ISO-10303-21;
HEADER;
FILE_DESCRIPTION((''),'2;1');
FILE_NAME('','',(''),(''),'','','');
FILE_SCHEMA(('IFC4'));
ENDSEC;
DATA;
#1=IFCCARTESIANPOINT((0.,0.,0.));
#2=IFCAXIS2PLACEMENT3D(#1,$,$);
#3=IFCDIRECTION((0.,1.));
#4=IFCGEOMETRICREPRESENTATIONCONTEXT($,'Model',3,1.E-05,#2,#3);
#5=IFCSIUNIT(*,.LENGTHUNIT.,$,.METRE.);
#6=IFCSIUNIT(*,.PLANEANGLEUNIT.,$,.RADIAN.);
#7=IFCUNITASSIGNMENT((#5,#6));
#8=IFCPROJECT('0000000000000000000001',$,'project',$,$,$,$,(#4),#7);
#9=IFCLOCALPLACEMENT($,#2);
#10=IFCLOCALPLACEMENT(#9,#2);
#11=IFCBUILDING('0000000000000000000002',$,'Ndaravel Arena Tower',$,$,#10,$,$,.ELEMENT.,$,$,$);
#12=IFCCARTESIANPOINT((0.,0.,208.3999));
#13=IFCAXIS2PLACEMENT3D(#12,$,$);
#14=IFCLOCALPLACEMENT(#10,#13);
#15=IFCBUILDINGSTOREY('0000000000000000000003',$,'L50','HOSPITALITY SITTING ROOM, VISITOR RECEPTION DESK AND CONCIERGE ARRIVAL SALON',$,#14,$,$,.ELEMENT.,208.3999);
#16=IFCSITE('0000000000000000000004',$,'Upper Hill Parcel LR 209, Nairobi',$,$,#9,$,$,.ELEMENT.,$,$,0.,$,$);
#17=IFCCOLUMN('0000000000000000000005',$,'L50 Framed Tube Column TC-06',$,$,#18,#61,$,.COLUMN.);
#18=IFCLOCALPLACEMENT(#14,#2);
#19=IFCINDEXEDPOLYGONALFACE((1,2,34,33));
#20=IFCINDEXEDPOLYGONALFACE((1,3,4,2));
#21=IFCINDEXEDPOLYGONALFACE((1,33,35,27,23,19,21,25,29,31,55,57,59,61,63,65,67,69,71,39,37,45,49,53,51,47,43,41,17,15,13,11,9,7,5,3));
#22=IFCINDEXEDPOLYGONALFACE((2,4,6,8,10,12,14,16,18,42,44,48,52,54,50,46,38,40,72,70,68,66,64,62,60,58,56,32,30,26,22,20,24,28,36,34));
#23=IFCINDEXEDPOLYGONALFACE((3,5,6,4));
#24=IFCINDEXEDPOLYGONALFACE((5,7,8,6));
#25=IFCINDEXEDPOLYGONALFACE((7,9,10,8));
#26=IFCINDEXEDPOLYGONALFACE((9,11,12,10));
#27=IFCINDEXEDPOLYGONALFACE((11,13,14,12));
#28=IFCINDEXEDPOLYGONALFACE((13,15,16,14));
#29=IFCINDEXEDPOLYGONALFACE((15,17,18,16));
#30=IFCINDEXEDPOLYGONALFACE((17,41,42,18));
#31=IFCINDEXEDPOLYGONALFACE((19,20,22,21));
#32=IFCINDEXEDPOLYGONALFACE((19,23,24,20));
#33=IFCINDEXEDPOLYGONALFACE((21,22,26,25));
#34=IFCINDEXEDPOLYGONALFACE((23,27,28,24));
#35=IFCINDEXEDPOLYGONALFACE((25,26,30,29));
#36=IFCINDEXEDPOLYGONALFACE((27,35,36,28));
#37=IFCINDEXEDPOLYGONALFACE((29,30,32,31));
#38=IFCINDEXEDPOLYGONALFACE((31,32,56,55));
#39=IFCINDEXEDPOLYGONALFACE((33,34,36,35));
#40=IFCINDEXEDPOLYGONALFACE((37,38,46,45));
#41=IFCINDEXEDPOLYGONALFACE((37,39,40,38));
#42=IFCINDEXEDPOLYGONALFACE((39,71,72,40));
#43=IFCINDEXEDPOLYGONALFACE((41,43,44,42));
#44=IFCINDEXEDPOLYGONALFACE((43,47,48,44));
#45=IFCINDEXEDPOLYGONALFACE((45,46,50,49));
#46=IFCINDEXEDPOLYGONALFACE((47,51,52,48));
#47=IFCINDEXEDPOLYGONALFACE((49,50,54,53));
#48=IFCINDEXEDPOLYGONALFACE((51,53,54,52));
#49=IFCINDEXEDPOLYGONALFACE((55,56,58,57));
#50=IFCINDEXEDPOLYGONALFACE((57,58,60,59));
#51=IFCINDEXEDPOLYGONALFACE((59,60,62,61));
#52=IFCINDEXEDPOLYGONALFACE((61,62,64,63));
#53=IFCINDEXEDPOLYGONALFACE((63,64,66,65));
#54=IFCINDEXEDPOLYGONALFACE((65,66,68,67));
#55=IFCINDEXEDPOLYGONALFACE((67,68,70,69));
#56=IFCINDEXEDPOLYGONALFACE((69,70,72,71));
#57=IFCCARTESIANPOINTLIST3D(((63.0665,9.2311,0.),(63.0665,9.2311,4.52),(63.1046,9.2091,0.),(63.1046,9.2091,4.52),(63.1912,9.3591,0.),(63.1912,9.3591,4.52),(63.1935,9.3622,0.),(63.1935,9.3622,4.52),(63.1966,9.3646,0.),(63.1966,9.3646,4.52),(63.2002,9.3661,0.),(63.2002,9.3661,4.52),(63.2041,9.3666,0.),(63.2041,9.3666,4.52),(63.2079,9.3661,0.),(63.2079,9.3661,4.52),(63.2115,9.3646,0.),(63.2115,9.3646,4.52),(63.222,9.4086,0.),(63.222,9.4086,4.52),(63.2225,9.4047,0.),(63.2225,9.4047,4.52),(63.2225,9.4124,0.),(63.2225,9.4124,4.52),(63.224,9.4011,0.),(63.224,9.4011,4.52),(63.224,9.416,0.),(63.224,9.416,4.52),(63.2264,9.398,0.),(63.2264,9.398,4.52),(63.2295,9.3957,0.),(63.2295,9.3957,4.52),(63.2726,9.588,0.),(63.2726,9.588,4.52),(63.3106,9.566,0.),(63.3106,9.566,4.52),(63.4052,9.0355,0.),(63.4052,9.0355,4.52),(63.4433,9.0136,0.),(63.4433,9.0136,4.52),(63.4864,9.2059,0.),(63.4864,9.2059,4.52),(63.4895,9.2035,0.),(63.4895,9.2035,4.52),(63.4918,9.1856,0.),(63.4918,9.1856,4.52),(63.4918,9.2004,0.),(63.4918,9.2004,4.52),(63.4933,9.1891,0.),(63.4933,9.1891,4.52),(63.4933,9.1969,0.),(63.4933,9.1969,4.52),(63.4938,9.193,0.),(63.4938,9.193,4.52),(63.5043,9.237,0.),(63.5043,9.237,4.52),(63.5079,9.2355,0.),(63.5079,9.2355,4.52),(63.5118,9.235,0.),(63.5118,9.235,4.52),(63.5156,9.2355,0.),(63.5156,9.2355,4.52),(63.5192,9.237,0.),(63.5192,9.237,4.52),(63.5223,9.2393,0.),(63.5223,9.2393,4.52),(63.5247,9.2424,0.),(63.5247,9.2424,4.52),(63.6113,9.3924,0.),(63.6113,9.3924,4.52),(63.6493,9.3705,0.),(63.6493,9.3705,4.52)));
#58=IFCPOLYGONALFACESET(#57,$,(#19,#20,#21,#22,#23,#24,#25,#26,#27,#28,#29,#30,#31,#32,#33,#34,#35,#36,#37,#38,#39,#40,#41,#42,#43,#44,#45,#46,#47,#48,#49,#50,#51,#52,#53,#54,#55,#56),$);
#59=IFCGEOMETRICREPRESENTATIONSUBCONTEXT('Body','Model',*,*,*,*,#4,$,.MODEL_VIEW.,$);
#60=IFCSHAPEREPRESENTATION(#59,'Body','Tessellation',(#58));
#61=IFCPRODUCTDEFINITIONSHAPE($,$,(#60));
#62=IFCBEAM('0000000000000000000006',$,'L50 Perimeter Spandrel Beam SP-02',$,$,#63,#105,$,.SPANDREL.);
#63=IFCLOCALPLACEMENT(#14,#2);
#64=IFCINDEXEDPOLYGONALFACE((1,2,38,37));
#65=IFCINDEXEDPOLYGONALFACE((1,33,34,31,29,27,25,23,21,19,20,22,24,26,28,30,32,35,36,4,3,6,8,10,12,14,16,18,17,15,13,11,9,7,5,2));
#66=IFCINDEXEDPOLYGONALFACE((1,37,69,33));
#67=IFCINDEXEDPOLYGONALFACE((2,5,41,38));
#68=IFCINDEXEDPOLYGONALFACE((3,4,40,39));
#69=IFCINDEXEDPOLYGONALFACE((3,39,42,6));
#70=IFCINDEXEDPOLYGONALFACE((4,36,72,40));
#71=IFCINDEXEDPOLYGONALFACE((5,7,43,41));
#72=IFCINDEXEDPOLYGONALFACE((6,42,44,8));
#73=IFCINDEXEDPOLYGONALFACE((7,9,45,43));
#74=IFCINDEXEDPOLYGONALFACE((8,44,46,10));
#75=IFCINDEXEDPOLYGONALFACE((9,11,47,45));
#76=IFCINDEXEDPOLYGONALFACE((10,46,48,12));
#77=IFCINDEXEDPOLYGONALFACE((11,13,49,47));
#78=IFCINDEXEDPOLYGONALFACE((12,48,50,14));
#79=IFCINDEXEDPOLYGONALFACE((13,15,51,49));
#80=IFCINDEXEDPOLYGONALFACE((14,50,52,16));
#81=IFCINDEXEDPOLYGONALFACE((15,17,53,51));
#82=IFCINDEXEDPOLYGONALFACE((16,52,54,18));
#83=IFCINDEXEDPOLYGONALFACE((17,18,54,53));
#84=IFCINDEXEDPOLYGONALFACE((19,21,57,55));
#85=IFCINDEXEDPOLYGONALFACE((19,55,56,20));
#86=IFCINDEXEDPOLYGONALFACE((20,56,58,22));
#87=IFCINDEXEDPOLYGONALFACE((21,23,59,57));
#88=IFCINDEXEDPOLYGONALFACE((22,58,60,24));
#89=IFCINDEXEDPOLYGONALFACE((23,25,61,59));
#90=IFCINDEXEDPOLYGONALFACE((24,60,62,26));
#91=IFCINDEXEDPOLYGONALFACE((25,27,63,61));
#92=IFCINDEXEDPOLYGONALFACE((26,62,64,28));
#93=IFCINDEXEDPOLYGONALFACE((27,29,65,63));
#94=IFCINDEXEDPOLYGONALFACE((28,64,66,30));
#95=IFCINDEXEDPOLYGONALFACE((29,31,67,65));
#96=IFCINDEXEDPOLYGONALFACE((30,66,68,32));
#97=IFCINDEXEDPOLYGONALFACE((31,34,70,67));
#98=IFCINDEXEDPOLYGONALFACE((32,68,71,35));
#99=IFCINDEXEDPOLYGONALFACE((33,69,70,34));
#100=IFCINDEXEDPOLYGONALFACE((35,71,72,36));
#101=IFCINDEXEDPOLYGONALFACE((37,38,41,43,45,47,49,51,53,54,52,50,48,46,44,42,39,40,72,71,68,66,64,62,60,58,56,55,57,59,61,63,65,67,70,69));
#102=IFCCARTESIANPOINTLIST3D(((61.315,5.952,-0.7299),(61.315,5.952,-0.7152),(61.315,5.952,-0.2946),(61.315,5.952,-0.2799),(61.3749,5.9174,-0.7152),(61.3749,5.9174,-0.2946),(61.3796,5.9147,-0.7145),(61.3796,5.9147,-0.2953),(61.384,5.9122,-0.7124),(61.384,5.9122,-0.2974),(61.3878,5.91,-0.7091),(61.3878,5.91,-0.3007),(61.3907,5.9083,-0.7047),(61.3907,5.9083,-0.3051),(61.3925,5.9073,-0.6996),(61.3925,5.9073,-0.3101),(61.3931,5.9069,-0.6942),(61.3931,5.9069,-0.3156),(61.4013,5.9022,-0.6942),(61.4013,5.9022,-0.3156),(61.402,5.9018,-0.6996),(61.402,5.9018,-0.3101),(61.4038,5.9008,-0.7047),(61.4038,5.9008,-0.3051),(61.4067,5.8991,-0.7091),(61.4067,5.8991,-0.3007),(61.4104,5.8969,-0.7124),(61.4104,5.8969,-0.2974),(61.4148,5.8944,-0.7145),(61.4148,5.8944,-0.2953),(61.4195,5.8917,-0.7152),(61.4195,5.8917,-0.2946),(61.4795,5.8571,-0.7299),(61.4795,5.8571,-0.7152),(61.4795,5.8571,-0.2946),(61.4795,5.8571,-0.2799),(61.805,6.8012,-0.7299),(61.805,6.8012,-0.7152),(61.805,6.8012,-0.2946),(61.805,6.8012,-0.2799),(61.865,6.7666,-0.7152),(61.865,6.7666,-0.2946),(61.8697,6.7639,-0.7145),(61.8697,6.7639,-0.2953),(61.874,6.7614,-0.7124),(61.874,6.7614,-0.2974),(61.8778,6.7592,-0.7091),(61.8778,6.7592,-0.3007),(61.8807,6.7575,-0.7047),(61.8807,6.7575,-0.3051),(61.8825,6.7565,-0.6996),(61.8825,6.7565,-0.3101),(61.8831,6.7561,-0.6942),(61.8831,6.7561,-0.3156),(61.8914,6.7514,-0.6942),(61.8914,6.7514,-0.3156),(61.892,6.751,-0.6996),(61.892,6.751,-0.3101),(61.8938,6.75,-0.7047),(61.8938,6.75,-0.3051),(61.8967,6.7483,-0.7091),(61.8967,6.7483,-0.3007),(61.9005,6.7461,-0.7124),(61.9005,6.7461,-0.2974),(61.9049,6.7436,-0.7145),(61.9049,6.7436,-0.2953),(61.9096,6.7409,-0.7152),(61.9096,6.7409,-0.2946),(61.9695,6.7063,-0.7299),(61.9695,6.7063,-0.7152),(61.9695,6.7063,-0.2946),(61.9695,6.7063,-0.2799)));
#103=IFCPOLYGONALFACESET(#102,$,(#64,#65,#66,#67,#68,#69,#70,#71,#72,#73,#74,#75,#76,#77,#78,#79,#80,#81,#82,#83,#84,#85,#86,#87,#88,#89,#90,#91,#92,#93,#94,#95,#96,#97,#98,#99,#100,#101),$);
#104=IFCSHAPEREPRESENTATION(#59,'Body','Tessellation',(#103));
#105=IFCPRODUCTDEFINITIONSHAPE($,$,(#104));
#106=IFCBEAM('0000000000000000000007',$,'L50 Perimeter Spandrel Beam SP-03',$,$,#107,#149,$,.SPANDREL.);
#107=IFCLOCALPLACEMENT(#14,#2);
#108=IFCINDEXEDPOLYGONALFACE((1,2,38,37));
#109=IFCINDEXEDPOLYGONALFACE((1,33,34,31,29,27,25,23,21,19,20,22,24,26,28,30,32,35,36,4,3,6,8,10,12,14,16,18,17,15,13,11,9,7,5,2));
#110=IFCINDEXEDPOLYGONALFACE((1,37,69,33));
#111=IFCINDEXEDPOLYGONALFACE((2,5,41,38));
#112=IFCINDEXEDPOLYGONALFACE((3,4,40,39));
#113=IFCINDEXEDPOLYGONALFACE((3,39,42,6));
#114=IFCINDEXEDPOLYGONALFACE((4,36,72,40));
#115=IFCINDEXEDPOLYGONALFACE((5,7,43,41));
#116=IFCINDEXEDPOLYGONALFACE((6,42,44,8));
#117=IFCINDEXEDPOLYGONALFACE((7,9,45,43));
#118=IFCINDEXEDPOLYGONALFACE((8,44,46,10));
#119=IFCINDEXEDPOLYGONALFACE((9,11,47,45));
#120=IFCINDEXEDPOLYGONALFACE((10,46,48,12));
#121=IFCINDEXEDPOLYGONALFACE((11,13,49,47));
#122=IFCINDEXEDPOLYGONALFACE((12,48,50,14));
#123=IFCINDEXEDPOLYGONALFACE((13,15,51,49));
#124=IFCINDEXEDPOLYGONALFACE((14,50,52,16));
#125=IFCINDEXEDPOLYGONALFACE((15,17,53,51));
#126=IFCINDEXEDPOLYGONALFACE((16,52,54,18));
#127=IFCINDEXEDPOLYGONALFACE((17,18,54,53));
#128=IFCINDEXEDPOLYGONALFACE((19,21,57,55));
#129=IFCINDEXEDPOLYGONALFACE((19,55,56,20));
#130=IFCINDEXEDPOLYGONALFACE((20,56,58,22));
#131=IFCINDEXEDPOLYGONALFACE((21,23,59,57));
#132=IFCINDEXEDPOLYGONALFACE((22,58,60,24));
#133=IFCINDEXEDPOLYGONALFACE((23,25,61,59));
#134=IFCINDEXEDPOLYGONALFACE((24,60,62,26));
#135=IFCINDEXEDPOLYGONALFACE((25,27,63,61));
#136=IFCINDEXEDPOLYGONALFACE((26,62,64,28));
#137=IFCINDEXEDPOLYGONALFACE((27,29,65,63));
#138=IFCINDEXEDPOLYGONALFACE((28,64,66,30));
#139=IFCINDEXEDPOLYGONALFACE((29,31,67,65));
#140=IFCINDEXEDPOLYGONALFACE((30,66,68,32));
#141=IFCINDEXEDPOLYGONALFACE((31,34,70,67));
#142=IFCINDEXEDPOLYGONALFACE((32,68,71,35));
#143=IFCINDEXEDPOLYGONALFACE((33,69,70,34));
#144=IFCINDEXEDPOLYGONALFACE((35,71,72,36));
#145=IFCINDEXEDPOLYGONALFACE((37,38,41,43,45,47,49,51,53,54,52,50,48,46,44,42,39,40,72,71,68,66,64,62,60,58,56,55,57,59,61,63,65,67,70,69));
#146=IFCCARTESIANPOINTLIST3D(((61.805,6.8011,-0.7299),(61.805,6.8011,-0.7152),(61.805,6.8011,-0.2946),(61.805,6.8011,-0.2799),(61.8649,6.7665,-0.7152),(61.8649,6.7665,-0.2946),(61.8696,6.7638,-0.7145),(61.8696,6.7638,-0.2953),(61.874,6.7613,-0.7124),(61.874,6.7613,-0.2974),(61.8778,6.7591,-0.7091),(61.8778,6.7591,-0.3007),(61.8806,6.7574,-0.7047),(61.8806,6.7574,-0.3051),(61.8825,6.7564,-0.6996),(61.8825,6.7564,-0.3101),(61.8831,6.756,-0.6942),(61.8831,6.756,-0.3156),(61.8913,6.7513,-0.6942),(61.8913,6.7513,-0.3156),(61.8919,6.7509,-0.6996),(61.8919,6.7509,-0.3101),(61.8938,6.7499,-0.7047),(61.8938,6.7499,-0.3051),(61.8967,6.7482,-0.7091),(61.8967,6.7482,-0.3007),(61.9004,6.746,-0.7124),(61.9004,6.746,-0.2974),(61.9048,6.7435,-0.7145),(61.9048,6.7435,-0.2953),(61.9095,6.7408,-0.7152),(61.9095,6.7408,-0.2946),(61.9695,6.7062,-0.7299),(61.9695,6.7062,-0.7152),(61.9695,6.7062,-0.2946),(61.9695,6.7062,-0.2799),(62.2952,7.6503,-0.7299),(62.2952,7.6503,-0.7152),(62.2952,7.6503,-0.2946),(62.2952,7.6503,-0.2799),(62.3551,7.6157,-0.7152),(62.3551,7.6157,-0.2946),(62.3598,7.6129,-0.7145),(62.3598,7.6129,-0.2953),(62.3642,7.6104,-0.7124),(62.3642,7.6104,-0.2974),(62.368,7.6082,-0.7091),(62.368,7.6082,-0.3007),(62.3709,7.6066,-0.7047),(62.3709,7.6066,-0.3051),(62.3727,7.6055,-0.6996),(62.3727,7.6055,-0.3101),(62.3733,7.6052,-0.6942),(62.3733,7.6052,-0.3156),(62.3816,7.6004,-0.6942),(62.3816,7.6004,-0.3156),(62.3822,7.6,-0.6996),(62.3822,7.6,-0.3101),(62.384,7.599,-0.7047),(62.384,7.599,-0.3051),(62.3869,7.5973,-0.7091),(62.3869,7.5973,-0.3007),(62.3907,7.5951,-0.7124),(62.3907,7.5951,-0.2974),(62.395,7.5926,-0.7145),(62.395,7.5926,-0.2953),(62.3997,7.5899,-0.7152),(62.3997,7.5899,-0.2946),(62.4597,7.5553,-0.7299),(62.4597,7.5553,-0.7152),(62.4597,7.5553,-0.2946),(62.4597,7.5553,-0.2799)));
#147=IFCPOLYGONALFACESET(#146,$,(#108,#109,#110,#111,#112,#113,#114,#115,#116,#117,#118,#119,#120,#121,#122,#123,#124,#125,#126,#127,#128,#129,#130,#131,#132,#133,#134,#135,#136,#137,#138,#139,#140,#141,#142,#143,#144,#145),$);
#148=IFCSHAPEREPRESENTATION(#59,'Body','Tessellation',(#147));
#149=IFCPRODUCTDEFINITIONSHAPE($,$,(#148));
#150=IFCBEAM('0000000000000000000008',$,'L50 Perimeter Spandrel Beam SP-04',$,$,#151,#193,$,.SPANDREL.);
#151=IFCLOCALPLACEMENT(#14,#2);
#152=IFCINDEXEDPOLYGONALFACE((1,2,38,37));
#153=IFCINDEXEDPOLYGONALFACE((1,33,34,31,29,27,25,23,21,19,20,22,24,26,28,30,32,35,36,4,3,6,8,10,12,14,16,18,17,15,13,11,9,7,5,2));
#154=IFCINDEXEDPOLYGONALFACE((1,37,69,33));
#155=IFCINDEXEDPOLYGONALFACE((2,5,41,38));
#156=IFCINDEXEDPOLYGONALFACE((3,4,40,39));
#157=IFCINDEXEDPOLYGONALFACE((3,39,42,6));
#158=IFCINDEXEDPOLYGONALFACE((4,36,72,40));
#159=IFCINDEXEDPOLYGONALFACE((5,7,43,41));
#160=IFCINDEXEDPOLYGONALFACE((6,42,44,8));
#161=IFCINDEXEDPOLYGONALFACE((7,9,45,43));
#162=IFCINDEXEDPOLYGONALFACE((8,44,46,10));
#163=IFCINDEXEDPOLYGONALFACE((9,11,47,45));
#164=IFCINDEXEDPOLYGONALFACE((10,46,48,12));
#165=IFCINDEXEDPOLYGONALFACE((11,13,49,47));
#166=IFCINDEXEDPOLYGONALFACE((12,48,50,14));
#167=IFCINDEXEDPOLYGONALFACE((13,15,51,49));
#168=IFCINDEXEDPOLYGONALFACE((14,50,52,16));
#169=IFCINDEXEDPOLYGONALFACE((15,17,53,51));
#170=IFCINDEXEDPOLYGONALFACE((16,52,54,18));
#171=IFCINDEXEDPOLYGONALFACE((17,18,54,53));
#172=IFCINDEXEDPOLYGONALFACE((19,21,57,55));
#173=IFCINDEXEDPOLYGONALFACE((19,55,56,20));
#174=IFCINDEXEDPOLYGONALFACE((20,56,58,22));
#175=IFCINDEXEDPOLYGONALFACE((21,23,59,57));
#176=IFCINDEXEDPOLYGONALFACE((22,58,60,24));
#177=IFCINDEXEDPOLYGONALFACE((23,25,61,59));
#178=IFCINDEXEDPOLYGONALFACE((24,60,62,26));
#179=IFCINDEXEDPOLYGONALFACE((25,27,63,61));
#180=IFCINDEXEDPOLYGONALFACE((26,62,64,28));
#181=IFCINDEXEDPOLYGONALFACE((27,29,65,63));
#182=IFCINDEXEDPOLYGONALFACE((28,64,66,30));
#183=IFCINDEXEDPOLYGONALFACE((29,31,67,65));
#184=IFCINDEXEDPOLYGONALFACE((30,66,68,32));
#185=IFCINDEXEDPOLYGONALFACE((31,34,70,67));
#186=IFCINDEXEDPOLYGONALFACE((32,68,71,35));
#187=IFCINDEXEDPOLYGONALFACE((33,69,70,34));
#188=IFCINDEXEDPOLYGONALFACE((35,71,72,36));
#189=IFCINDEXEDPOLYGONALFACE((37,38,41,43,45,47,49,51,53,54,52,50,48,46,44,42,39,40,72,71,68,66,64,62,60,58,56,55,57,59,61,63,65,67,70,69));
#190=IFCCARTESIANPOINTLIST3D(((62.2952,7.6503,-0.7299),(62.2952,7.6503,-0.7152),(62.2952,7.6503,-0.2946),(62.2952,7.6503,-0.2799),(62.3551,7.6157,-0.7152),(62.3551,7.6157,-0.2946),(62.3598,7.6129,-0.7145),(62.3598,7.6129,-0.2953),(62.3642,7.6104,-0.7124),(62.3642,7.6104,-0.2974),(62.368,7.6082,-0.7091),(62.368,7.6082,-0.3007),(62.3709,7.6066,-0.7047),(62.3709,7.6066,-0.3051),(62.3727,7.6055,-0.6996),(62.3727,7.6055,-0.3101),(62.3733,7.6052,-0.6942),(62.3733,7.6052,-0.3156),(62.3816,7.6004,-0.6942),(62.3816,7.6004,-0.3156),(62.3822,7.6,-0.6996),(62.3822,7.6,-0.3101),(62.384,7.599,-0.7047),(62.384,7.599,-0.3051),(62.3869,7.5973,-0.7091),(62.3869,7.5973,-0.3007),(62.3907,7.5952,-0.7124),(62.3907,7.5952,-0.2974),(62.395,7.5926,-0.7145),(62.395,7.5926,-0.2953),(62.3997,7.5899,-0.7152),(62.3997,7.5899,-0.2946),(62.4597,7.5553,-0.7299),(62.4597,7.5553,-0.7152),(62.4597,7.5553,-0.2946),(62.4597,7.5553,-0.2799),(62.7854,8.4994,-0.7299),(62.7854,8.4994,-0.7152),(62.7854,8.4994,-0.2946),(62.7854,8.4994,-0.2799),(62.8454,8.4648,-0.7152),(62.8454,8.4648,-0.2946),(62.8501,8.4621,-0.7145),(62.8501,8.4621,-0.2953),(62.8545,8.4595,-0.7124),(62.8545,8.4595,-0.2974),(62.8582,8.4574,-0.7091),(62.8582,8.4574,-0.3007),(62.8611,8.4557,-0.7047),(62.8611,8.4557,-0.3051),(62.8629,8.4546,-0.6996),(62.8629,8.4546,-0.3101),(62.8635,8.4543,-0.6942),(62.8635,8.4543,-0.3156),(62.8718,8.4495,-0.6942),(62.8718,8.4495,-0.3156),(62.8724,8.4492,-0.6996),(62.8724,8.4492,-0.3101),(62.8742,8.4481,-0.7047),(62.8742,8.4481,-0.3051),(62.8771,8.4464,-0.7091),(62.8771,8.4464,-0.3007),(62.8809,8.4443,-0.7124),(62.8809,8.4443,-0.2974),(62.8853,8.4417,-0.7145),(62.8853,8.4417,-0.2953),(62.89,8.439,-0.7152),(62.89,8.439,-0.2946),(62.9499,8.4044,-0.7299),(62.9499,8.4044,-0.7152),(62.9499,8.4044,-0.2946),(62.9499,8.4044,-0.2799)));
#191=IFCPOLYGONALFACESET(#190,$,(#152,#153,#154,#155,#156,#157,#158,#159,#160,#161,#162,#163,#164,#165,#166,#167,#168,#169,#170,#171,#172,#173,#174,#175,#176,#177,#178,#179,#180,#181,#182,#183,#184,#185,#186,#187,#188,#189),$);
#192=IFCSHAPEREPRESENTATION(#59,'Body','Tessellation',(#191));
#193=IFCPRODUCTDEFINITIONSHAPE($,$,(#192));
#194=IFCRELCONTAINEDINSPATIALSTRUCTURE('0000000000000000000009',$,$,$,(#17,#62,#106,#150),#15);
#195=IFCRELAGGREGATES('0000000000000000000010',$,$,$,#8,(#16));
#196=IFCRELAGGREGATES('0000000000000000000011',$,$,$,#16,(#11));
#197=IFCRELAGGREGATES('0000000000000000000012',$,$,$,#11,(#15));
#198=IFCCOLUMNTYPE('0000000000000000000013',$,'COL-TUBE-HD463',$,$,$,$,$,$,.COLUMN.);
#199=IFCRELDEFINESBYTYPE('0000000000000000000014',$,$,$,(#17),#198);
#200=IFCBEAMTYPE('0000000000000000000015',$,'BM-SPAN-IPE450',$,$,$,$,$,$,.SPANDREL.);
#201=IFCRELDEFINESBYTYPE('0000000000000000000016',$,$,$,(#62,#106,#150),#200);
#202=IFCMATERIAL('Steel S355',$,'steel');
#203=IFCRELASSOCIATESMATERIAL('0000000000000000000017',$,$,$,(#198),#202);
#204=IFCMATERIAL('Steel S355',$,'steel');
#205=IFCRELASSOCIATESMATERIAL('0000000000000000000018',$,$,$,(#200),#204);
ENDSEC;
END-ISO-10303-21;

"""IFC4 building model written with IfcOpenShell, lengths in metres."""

from ifc_helpers import new_model, si_unit, direction, frame, origin, origin_2d, place, context, subcontext, project, spatial, i_section, extrude, material, material_profile, profile_set, type_object, element, save


model = new_model("IFC4")

# Units and contexts
model_context = context("Model", 3, precision=1e-05, world=origin(), true_north=direction((0.0, 1.0)))
body_context = subcontext(model_context, "Body", "Model", "MODEL_VIEW")
ifc_project = project(units=[si_unit("LENGTHUNIT", "METRE"), si_unit("PLANEANGLEUNIT", "RADIAN")], contexts=[model_context])

# Site, building, storey
site_placement = place(None, origin())
site = spatial("IfcSite", under=ifc_project, at=site_placement, Name="Upper Hill Parcel LR 209, Nairobi", CompositionType="ELEMENT", RefElevation=0.0)
building_placement = place(site_placement, origin())
building = spatial("IfcBuilding", under=site, at=building_placement, Name="Ndaravel Arena Tower", CompositionType="ELEMENT")
storey_placement = place(building_placement, frame((0.0, 0.0, 208.3999)))
storey = spatial("IfcBuildingStorey", under=building, at=storey_placement, Name="L50", Description="HOSPITALITY SITTING ROOM, VISITOR RECEPTION DESK AND CONCIERGE ARRIVAL SALON", CompositionType="ELEMENT", Elevation=208.3999)

# Column
ifc_material_1 = material(Name="Steel S355", Category="steel")
ifc_material_profile_1 = material_profile(ifc_material_1, i_section(OverallWidth=0.4121, OverallDepth=0.4351, WebThickness=0.0359, FlangeThickness=0.0439, FilletRadius=0.0149, at=origin_2d()), Name="HD 400x463")
ifc_profile_set_1 = profile_set([ifc_material_profile_1], Name="Steel S355")
column_type = type_object("IfcColumnType", Name="COL-TUBE-HD463", PredefinedType="COLUMN", material=ifc_profile_set_1)
for number, where, z_axis, x_axis, name in (
    (1, (63.3579, 9.3008, 0.0), (0.0, 0.0, 1.0), (0.5, 0.866025, 0.0), "L50 Framed Tube Column TC-06"),
):
    element("IfcColumn", number, at=place(storey_placement, frame(where, z_axis=z_axis, x_axis=x_axis)), inside=storey, type_object=column_type, Name=name, PredefinedType="COLUMN", context=body_context, shape_type="SweptSolid", body=[
        extrude(i_section(OverallWidth=0.4121, OverallDepth=0.4351, WebThickness=0.0359, FlangeThickness=0.0439, FilletRadius=0.0149, at=origin_2d()), origin(), (0.0, 0.0, 1.0), 4.52),
    ])

# Beams
ifc_material_2 = material(Name="Steel S355", Category="steel")
ifc_material_profile_2 = material_profile(ifc_material_2, i_section(OverallWidth=0.1899, OverallDepth=0.45, WebThickness=0.0095, FlangeThickness=0.0146, FilletRadius=0.021, at=origin_2d()), Name="IPE 450")
ifc_profile_set_2 = profile_set([ifc_material_profile_2], Name="Steel S355")
beam_type_1 = type_object("IfcBeamType", Name="BM-SPAN-IPE450", PredefinedType="SPANDREL", material=ifc_profile_set_2)
for number, where, z_axis, x_axis, name in (
    (2, (61.3972, 5.9045, -0.5049), (0.499809, 0.866136, 0.0), (-0.866136, 0.499809, 0.0), "L50 Perimeter Spandrel Beam SP-02"),
    (3, (61.8872, 6.7537, -0.5049), (0.499995, 0.866028, 0.0), (-0.866028, 0.499995, 0.0), "L50 Perimeter Spandrel Beam SP-03"),
    (4, (62.3774, 7.6028, -0.5049), (0.499995, 0.866028, 0.0), (-0.866028, 0.499995, 0.0), "L50 Perimeter Spandrel Beam SP-04"),
):
    element("IfcBeam", number, at=place(storey_placement, frame(where, z_axis=z_axis, x_axis=x_axis)), inside=storey, type_object=beam_type_1, Name=name, PredefinedType="SPANDREL", context=body_context, shape_type="SweptSolid", body=[
        extrude(i_section(OverallWidth=0.1899, OverallDepth=0.45, WebThickness=0.0095, FlangeThickness=0.0146, FilletRadius=0.021, at=origin_2d()), origin(), (0.0, 0.0, 1.0), 0.9805),
    ])

save(model, "model.ifc")
